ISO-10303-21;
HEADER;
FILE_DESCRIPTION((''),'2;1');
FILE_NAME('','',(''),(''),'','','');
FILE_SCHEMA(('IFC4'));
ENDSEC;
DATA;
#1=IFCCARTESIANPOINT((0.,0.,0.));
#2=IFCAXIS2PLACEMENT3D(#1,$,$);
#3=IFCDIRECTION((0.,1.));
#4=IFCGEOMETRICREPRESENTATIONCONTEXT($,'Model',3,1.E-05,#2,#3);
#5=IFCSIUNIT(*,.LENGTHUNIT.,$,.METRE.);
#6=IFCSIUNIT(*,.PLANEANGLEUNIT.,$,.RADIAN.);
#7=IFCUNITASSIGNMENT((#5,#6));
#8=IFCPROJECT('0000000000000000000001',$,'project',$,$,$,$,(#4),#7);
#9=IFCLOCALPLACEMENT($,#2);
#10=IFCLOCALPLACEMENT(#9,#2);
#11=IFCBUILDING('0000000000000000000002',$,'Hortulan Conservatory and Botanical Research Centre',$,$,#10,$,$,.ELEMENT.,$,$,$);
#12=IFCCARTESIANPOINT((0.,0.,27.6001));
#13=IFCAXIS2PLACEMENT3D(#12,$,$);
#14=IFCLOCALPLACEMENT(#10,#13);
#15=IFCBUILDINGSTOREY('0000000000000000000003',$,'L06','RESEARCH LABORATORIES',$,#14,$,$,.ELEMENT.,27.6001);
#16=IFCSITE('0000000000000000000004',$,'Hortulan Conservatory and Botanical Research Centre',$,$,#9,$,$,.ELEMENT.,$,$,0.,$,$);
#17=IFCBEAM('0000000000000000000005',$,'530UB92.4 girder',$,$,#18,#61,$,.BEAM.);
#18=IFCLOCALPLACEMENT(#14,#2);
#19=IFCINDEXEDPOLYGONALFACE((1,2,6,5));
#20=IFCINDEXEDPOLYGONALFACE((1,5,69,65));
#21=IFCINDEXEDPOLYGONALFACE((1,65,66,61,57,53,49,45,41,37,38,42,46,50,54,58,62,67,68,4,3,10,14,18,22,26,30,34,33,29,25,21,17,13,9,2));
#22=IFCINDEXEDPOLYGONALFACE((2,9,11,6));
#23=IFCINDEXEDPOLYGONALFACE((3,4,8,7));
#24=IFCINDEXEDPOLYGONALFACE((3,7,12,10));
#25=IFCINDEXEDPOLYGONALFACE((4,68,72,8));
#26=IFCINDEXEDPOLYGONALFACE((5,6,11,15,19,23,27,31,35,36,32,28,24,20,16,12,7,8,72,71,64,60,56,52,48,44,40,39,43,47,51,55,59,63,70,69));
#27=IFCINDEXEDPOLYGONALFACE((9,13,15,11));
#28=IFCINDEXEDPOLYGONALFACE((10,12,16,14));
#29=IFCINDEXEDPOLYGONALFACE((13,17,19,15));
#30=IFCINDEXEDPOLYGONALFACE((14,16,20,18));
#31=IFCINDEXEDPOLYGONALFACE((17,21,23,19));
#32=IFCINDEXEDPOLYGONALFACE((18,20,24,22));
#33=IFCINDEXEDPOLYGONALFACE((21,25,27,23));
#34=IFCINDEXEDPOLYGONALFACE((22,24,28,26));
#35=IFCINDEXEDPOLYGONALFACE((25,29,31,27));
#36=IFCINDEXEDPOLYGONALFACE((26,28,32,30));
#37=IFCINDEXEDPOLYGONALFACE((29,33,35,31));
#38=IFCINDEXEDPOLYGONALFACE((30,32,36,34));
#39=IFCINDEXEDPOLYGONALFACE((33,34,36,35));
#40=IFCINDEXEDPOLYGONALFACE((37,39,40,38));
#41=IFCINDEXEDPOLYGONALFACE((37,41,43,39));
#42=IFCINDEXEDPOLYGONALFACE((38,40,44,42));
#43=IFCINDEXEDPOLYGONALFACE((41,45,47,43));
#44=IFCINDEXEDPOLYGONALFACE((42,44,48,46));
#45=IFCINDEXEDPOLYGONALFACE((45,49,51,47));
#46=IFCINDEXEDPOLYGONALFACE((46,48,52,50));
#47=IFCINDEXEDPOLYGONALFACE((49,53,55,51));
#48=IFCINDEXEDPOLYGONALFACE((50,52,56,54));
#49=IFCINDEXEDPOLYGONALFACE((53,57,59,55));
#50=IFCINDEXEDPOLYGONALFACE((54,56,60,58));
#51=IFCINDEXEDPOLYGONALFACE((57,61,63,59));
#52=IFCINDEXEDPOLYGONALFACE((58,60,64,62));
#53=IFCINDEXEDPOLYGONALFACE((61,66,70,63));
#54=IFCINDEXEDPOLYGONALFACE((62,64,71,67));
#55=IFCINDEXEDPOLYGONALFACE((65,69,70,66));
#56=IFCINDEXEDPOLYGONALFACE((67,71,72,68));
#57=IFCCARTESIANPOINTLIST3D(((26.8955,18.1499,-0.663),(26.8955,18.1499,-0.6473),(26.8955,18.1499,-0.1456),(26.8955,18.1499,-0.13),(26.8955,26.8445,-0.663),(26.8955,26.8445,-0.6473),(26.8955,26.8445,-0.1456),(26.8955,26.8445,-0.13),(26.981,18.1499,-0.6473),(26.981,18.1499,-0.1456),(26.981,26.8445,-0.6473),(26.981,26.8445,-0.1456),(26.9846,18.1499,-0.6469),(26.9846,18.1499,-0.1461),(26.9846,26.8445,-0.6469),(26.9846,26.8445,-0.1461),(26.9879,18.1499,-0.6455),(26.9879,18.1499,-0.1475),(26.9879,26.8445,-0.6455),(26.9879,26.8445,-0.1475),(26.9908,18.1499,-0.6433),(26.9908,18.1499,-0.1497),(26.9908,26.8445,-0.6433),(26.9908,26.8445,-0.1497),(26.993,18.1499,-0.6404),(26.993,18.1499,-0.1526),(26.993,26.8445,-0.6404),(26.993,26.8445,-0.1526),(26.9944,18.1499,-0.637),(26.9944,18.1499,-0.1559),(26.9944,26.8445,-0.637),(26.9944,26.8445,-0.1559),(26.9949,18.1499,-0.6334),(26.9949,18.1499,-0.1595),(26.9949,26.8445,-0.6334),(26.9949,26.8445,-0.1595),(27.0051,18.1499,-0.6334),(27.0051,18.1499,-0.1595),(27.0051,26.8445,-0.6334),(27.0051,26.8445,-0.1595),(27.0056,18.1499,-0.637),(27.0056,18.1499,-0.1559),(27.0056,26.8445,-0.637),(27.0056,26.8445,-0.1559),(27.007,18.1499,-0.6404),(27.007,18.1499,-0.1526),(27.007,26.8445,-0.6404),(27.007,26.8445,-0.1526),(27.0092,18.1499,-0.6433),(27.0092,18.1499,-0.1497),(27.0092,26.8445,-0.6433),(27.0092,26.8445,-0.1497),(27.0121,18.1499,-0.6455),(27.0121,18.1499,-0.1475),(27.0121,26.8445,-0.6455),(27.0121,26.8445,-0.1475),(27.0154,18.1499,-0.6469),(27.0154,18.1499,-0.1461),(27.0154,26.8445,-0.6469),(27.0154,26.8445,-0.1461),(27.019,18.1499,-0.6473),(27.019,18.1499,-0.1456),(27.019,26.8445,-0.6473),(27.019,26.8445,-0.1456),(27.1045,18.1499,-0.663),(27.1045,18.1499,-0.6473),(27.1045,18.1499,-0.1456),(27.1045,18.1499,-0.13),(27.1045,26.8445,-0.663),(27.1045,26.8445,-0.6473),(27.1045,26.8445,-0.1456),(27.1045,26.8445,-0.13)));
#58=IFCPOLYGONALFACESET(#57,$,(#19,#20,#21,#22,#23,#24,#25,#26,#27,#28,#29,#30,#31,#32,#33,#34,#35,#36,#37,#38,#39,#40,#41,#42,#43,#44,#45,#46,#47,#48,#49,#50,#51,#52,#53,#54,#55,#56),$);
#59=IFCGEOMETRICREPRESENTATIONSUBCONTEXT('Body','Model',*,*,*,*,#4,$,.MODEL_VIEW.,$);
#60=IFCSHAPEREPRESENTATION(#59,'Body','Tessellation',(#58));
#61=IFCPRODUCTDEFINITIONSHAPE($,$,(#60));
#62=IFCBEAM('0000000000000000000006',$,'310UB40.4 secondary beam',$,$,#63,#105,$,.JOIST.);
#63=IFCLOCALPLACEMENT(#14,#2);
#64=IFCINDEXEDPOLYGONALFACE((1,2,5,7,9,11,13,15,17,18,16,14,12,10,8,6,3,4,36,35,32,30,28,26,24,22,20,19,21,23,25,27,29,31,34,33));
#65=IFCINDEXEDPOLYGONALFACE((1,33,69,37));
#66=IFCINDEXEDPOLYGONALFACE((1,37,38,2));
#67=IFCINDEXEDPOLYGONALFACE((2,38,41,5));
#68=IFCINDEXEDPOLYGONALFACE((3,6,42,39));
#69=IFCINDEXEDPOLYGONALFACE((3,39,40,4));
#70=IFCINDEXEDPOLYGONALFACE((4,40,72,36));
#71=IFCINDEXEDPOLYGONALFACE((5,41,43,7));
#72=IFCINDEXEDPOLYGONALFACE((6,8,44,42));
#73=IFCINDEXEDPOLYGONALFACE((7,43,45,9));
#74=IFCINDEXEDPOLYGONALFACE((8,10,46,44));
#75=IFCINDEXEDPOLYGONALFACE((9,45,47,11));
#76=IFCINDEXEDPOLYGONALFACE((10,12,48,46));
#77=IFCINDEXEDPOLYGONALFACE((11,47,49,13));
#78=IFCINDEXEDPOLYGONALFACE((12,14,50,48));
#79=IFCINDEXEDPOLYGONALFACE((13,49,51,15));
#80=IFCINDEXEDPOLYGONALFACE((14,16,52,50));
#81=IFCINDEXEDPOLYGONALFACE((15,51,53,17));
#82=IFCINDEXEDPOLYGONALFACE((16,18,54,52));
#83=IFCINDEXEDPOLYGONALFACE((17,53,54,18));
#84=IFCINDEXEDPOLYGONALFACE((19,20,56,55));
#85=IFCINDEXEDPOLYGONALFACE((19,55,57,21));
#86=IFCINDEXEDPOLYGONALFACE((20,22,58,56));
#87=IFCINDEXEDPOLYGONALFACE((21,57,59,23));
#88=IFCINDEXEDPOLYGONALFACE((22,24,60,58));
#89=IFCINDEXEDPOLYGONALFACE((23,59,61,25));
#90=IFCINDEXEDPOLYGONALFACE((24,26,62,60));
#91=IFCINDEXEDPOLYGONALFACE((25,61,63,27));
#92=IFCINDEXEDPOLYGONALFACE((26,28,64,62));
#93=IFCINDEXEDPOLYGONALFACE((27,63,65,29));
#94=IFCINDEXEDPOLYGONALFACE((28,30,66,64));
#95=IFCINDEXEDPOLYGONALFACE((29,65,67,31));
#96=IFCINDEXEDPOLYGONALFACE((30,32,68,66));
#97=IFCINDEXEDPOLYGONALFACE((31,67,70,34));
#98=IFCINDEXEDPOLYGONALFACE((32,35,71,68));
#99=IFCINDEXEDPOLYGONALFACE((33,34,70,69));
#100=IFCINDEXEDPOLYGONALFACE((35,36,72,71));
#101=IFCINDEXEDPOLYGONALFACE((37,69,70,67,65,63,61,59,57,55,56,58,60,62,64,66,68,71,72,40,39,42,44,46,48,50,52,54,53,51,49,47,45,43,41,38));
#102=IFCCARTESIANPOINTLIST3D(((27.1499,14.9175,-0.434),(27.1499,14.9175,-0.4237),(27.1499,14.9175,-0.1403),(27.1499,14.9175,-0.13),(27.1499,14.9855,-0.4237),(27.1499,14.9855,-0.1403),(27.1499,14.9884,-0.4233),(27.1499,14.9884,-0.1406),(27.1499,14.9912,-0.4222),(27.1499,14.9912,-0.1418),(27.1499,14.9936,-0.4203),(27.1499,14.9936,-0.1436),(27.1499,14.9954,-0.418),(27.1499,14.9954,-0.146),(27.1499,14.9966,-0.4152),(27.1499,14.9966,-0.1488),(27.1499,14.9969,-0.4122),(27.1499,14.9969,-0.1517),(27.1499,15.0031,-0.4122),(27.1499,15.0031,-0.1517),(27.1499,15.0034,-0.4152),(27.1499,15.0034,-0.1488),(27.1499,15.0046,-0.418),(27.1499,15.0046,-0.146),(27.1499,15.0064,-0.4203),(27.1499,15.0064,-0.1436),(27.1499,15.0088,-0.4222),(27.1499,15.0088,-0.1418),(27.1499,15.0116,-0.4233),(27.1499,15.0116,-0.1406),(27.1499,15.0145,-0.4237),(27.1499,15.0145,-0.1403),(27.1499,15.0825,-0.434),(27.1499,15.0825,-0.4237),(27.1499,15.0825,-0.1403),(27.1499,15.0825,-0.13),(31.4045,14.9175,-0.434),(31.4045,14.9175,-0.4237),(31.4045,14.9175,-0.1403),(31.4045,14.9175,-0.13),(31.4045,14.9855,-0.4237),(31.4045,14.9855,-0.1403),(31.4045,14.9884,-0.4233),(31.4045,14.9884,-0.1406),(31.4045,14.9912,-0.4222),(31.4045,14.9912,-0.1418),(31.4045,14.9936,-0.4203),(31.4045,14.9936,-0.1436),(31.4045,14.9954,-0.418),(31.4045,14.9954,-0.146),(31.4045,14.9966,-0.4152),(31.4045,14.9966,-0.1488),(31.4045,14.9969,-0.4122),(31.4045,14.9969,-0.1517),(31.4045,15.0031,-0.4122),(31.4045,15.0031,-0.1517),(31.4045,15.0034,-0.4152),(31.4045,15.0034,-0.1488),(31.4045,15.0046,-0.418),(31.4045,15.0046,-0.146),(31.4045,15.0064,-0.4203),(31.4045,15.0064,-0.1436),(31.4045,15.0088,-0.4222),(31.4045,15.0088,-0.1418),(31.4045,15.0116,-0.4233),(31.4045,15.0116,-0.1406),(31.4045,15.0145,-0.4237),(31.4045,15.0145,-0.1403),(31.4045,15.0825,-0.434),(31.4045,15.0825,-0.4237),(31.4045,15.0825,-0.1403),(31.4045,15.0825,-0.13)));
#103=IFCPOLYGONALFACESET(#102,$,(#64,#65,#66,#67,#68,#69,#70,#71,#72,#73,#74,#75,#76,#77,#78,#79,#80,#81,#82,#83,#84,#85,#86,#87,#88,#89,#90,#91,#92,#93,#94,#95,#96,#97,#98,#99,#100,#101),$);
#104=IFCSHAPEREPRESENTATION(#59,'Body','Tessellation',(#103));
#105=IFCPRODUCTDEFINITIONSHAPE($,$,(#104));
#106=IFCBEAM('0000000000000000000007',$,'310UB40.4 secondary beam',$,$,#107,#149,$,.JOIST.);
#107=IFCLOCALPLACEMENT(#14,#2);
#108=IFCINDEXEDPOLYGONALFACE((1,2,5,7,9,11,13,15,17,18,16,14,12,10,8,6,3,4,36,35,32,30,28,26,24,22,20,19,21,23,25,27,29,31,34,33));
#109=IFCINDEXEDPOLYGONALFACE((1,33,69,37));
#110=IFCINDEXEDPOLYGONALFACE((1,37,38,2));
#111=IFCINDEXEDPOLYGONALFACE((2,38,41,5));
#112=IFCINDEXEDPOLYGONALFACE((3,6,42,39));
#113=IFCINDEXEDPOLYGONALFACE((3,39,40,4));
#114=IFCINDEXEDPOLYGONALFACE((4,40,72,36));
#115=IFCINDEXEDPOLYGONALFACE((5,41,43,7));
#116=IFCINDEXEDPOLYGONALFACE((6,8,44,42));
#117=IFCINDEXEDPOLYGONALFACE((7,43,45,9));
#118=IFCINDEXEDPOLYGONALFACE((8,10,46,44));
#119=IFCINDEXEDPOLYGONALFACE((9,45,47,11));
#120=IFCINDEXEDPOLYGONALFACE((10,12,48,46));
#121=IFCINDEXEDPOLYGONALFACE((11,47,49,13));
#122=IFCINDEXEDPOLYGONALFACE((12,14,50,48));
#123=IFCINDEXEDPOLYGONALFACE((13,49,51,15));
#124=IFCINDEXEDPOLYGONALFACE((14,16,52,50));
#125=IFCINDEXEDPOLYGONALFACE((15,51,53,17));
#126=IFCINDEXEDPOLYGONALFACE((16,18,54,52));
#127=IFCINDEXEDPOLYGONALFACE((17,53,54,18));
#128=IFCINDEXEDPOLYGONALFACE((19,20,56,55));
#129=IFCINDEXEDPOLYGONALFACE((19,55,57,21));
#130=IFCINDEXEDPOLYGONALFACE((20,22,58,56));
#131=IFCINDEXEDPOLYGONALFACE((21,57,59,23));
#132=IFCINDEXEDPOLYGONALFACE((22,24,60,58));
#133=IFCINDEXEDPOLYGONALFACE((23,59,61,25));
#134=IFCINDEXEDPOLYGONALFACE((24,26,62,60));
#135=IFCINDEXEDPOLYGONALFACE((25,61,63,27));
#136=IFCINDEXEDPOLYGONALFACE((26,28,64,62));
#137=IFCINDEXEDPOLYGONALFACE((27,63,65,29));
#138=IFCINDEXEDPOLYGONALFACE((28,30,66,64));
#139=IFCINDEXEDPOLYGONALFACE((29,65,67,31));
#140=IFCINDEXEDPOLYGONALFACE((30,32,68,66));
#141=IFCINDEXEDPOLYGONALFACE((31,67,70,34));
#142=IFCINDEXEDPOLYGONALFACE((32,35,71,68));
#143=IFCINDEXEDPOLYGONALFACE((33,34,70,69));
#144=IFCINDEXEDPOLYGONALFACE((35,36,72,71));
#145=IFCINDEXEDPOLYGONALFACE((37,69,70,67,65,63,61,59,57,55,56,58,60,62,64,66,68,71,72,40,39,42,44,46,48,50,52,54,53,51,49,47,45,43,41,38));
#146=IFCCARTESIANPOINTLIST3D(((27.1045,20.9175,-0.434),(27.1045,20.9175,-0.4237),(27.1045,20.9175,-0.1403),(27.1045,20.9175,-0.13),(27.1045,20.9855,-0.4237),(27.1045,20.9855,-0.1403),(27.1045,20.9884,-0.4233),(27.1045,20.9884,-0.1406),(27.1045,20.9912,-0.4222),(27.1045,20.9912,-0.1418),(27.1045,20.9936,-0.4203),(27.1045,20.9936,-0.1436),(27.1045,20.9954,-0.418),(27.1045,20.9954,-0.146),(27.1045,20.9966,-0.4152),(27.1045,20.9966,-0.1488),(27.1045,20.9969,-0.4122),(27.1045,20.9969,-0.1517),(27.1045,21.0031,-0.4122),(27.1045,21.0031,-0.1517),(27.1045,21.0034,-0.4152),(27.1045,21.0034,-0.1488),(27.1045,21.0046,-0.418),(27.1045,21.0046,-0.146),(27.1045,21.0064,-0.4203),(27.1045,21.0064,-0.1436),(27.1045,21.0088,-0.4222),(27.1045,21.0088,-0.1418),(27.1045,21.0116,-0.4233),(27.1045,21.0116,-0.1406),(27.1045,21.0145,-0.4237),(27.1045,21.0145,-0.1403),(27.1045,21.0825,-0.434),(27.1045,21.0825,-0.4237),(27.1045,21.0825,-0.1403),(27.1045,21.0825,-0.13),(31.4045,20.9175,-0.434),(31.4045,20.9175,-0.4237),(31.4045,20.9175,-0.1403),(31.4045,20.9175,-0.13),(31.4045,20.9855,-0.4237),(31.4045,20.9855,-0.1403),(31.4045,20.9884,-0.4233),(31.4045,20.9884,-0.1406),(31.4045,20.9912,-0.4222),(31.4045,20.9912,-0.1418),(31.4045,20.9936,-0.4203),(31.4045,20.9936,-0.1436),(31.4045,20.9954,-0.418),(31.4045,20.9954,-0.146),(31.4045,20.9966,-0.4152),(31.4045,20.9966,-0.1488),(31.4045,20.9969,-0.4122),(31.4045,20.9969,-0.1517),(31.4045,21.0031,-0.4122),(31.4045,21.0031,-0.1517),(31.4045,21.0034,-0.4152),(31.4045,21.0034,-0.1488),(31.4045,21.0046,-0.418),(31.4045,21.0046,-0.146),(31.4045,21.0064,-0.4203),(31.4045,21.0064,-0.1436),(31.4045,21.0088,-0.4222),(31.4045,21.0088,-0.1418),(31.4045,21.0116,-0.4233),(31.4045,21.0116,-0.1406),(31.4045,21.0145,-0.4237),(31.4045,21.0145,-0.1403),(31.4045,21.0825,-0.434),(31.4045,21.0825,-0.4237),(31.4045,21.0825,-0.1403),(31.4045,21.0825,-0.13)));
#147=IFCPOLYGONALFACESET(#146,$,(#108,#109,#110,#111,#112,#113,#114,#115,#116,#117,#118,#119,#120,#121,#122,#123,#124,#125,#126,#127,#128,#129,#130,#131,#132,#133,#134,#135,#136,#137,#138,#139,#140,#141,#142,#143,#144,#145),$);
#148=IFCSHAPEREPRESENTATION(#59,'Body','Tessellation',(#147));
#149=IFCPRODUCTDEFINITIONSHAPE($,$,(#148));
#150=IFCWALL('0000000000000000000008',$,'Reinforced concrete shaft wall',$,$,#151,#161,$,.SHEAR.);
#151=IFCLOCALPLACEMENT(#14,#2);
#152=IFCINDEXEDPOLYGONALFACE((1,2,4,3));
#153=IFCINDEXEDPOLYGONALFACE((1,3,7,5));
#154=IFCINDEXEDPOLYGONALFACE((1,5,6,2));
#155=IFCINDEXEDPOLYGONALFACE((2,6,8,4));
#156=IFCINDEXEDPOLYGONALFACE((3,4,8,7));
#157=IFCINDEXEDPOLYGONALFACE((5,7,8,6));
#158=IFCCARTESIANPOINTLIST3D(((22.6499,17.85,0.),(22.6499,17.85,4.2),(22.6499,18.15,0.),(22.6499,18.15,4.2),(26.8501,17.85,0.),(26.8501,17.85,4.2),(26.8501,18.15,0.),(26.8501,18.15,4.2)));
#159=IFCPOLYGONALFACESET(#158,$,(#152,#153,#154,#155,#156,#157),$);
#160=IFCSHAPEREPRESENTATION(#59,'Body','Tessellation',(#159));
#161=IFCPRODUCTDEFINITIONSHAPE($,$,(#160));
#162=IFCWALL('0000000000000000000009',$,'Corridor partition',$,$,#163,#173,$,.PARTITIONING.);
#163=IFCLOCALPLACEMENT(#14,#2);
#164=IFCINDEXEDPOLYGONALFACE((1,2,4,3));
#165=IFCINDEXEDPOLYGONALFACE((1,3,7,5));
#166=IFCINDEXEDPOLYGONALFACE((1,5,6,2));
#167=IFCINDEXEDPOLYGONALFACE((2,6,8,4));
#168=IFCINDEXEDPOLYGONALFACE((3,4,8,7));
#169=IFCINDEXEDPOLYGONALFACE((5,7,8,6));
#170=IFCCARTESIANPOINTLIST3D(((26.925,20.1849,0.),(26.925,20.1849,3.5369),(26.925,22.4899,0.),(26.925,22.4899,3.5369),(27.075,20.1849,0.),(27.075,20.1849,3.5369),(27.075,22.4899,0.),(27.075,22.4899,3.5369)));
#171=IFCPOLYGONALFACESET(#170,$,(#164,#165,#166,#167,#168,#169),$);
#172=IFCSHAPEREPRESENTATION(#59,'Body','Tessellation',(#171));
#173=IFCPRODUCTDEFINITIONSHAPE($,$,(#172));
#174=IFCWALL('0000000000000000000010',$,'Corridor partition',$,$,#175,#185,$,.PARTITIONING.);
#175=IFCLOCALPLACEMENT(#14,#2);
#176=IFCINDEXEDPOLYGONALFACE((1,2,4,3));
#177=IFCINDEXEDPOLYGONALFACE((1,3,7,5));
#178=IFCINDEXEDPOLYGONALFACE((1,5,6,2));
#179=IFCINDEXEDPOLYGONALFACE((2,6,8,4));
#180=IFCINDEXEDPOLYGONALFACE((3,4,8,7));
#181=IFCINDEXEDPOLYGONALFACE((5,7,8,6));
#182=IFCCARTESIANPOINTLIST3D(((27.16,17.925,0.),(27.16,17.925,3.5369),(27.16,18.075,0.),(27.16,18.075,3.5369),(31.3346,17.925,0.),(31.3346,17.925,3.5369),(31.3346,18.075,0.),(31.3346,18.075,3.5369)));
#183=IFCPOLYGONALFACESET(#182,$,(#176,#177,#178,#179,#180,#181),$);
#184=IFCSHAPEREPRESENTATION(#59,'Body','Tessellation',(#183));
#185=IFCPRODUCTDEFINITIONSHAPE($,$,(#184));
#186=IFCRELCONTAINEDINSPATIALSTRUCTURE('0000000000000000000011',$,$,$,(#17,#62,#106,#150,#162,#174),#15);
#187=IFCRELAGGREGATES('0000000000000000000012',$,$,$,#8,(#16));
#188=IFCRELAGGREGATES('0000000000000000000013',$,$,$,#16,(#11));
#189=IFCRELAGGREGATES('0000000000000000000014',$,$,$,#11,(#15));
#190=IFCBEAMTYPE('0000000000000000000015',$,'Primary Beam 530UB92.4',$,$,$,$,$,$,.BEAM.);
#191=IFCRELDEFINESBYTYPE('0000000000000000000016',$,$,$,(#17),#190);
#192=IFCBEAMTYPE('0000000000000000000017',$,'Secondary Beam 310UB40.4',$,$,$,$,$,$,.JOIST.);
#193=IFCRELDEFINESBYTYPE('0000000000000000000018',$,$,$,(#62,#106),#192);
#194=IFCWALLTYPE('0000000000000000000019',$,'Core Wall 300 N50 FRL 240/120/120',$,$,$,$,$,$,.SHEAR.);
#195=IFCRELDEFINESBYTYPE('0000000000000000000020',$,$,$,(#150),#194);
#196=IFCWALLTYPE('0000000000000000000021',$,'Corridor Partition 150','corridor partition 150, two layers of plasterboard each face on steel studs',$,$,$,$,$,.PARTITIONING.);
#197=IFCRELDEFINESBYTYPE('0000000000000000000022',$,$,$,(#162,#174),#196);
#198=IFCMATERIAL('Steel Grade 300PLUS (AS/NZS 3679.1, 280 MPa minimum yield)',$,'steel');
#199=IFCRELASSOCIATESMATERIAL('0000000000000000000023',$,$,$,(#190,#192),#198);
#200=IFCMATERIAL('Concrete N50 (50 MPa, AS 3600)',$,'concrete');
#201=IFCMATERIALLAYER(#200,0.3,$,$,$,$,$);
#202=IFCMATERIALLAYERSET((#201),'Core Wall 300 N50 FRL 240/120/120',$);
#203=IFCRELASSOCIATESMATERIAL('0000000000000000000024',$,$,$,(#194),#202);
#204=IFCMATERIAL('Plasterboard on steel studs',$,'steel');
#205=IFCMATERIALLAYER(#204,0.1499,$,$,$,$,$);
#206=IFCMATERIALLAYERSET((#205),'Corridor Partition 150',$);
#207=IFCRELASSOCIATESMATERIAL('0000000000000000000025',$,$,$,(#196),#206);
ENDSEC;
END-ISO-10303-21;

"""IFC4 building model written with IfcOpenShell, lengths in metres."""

from ifc_helpers import new_model, si_unit, direction, frame, frame_2d, origin, origin_2d, place, context, subcontext, project, spatial, rectangle, i_section, extrude, material, layer, layer_set, material_profile, profile_set, type_object, element, save


model = new_model("IFC4")

# Units and contexts
model_context = context("Model", 3, precision=1e-05, world=origin(), true_north=direction((0.0, 1.0)))
body_context = subcontext(model_context, "Body", "Model", "MODEL_VIEW")
ifc_project = project(units=[si_unit("LENGTHUNIT", "METRE"), si_unit("PLANEANGLEUNIT", "RADIAN")], contexts=[model_context])

# Site, building, storey
site_placement = place(None, origin())
site = spatial("IfcSite", under=ifc_project, at=site_placement, Name="Hortulan Conservatory and Botanical Research Centre", CompositionType="ELEMENT", RefElevation=0.0)
building_placement = place(site_placement, origin())
building = spatial("IfcBuilding", under=site, at=building_placement, Name="Hortulan Conservatory and Botanical Research Centre", CompositionType="ELEMENT")
storey_placement = place(building_placement, frame((0.0, 0.0, 27.6001)))
storey = spatial("IfcBuildingStorey", under=building, at=storey_placement, Name="L06", Description="RESEARCH LABORATORIES", CompositionType="ELEMENT", Elevation=27.6001)

# Shared definitions
ifc_material_1 = material(Name="Steel Grade 300PLUS (AS/NZS 3679.1, 280 MPa minimum yield)", Category="steel")

# Beams
ifc_material_profile_1 = material_profile(ifc_material_1, i_section(OverallWidth=0.209, OverallDepth=0.533, WebThickness=0.0103, FlangeThickness=0.0156, FilletRadius=0.0139, at=origin_2d()), Name="530UB92.4")
ifc_profile_set_1 = profile_set([ifc_material_profile_1], Name="Steel Grade 300PLUS (AS/NZS 3679.1, 280 MPa minimum yield)")
beam_type_1 = type_object("IfcBeamType", Name="Primary Beam 530UB92.4", PredefinedType="BEAM", material=ifc_profile_set_1)
beam_1_placement = place(storey_placement, frame((27.0, 18.1499, -0.3965), z_axis=(0.0, 1.0, 0.0), x_axis=(-1.0, 0.0, 0.0)))
element("IfcBeam", 1, at=beam_1_placement, inside=storey, type_object=beam_type_1, Name="530UB92.4 girder", PredefinedType="BEAM", context=body_context, shape_type="SweptSolid", body=[
    extrude(i_section(OverallWidth=0.209, OverallDepth=0.533, WebThickness=0.0103, FlangeThickness=0.0156, FilletRadius=0.0139, at=origin_2d()), origin(), (0.0, 0.0, 1.0), 8.6946),
])
ifc_material_profile_2 = material_profile(ifc_material_1, i_section(OverallWidth=0.165, OverallDepth=0.304, WebThickness=0.0061, FlangeThickness=0.0103, FilletRadius=0.0115, at=origin_2d()), Name="310UB40.4")
ifc_profile_set_2 = profile_set([ifc_material_profile_2], Name="Steel Grade 300PLUS (AS/NZS 3679.1, 280 MPa minimum yield)")
beam_type_2 = type_object("IfcBeamType", Name="Secondary Beam 310UB40.4", PredefinedType="JOIST", material=ifc_profile_set_2)
beam_2_placement = place(storey_placement, frame((27.1499, 15.0, -0.282), z_axis=(1.0, 0.0, 0.0), x_axis=(0.0, 1.0, 0.0)))
element("IfcBeam", 2, at=beam_2_placement, inside=storey, type_object=beam_type_2, Name="310UB40.4 secondary beam", PredefinedType="JOIST", context=body_context, shape_type="SweptSolid", body=[
    extrude(i_section(OverallWidth=0.165, OverallDepth=0.304, WebThickness=0.0061, FlangeThickness=0.0103, FilletRadius=0.0115, at=origin_2d()), origin(), (0.0, 0.0, 1.0), 4.2546),
])
beam_3_placement = place(storey_placement, frame((27.1045, 21.0, -0.282), z_axis=(1.0, 0.0, 0.0), x_axis=(0.0, 1.0, 0.0)))
element("IfcBeam", 3, at=beam_3_placement, inside=storey, type_object=beam_type_2, Name="310UB40.4 secondary beam", PredefinedType="JOIST", context=body_context, shape_type="SweptSolid", body=[
    extrude(i_section(OverallWidth=0.165, OverallDepth=0.304, WebThickness=0.0061, FlangeThickness=0.0103, FilletRadius=0.0115, at=origin_2d()), origin(), (0.0, 0.0, 1.0), 4.3),
])

# Walls
ifc_material_2 = material(Name="Concrete N50 (50 MPa, AS 3600)", Category="concrete")
ifc_layer_1 = layer(ifc_material_2, 0.3)
ifc_layer_set_1 = layer_set([ifc_layer_1], Name="Core Wall 300 N50 FRL 240/120/120")
wall_type_1 = type_object("IfcWallType", Name="Core Wall 300 N50 FRL 240/120/120", PredefinedType="SHEAR", material=ifc_layer_set_1)
wall_1_placement = place(storey_placement, frame((22.6499, 18.0, 0.0), z_axis=(0.0, 0.0, 1.0), x_axis=(1.0, 0.0, 0.0)))
element("IfcWall", 4, at=wall_1_placement, inside=storey, type_object=wall_type_1, Name="Reinforced concrete shaft wall", PredefinedType="SHEAR", context=body_context, shape_type="SweptSolid", body=[
    extrude(rectangle(XDim=4.2002, YDim=0.3, at=frame_2d((2.1001, 0.0))), origin(), (0.0, 0.0, 1.0), 4.2),
])
ifc_material_3 = material(Name="Plasterboard on steel studs", Category="steel")
ifc_layer_2 = layer(ifc_material_3, 0.1499)
ifc_layer_set_2 = layer_set([ifc_layer_2], Name="Corridor Partition 150")
wall_type_2 = type_object("IfcWallType", Name="Corridor Partition 150", Description="corridor partition 150, two layers of plasterboard each face on steel studs", PredefinedType="PARTITIONING", material=ifc_layer_set_2)
wall_2_placement = place(storey_placement, frame((27.0, 20.1851, 0.0), z_axis=(0.0, 0.0, 1.0), x_axis=(0.0, 1.0, 0.0)))
element("IfcWall", 5, at=wall_2_placement, inside=storey, type_object=wall_type_2, Name="Corridor partition", PredefinedType="PARTITIONING", context=body_context, shape_type="SweptSolid", body=[
    extrude(rectangle(XDim=2.3049, YDim=0.1499, at=frame_2d((1.1523, 0.0))), origin(), (0.0, 0.0, 1.0), 3.5369),
])
wall_3_placement = place(storey_placement, frame((27.1599, 18.0, 0.0), z_axis=(0.0, 0.0, 1.0), x_axis=(1.0, 0.0, 0.0)))
element("IfcWall", 6, at=wall_3_placement, inside=storey, type_object=wall_type_2, Name="Corridor partition", PredefinedType="PARTITIONING", context=body_context, shape_type="SweptSolid", body=[
    extrude(rectangle(XDim=4.1746, YDim=0.1499, at=frame_2d((2.0874, 0.0))), origin(), (0.0, 0.0, 1.0), 3.5369),
])

save(model, "model.ifc")
